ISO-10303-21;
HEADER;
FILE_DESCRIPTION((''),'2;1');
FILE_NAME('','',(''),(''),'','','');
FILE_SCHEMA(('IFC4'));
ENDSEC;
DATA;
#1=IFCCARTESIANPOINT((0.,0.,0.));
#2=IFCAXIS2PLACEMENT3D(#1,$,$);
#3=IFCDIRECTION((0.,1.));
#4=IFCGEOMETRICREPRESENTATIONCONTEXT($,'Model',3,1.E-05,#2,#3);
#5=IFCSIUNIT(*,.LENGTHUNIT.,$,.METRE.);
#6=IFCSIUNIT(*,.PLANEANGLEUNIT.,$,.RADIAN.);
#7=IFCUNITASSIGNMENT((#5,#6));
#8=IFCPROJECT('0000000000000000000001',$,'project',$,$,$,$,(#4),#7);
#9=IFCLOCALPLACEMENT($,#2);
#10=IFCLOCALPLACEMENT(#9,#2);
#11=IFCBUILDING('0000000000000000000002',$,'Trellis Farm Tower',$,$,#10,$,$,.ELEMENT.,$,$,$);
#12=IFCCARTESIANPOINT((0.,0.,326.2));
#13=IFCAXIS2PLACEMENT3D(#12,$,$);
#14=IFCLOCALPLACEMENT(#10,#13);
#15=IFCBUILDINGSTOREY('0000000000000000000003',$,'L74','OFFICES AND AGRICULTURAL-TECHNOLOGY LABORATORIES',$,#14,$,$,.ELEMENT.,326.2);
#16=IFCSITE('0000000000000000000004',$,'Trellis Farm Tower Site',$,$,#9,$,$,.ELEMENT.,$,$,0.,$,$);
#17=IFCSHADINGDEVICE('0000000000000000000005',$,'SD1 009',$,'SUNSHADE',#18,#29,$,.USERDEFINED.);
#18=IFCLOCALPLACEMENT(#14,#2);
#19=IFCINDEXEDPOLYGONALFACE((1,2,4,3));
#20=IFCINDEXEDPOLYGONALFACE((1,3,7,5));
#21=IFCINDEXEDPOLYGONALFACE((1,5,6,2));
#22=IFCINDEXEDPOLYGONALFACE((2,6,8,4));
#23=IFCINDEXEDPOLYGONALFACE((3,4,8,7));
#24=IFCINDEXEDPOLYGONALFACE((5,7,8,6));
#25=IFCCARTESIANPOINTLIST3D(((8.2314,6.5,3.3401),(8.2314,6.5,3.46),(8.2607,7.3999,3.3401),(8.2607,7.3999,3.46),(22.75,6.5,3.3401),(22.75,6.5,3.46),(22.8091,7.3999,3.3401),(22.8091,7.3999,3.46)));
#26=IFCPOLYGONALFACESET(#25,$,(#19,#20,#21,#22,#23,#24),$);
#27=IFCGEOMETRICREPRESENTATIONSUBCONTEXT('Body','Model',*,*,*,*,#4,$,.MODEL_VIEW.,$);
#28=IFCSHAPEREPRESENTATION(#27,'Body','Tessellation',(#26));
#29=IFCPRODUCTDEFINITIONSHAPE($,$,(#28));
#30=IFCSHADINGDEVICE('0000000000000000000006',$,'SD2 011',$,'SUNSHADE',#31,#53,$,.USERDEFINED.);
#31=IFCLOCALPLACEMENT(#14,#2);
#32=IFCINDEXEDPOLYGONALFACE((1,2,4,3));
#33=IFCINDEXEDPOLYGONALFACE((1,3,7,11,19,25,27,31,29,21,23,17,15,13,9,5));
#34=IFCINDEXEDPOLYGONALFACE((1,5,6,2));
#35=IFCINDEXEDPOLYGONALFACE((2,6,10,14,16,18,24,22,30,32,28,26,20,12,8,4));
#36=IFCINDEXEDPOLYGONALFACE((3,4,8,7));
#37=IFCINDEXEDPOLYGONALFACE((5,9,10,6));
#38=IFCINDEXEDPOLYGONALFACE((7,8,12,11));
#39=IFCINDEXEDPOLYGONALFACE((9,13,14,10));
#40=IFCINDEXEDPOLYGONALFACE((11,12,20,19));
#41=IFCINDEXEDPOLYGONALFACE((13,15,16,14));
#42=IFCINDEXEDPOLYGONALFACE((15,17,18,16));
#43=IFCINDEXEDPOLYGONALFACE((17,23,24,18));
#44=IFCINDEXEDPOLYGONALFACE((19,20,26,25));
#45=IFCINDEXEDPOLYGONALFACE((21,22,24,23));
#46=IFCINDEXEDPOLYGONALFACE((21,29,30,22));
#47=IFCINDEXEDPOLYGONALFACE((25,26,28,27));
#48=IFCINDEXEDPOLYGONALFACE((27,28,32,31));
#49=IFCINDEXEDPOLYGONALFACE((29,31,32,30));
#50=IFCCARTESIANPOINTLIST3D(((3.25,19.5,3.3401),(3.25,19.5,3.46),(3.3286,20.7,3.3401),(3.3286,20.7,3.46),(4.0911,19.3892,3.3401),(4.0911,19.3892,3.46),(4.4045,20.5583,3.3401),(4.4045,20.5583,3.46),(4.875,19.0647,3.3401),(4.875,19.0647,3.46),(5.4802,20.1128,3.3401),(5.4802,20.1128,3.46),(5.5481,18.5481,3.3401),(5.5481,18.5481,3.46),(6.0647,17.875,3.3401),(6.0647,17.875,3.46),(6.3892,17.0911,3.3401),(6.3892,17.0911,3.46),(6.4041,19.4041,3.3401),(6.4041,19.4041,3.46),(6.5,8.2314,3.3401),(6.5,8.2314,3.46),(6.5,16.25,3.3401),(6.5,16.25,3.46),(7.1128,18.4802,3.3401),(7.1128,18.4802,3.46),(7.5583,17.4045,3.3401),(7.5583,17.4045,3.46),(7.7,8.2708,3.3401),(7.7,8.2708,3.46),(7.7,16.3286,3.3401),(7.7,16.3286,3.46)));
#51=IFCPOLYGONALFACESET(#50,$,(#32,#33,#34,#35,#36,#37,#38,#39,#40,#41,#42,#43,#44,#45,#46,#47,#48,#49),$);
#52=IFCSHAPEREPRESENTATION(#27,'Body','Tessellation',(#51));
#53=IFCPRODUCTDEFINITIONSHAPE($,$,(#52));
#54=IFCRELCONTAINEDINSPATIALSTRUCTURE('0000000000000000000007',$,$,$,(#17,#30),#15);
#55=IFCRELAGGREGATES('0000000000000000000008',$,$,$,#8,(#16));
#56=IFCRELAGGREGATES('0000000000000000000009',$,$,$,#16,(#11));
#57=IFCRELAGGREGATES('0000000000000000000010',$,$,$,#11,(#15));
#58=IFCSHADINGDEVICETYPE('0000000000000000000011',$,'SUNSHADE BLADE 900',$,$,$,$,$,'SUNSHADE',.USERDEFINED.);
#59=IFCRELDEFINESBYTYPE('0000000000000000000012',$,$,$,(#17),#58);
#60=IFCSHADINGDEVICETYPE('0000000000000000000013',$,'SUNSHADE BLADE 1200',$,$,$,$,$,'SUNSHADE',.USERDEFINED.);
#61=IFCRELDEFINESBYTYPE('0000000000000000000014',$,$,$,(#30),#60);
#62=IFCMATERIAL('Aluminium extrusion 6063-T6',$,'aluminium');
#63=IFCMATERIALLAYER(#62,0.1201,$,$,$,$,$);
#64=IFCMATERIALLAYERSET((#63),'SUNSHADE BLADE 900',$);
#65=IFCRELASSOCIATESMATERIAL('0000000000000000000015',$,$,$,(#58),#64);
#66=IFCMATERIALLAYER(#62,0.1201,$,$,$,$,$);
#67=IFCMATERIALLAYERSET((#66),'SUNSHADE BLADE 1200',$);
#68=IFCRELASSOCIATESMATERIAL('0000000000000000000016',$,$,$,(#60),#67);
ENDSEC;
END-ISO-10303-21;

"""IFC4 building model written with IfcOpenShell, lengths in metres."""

from ifc_helpers import new_model, si_unit, direction, frame, origin, place, context, subcontext, project, spatial, polyline, outline, extrude, source, transform, mapped, material, layer, layer_set, type_object, element, save


model = new_model("IFC4")

# Units and contexts
model_context = context("Model", 3, precision=1e-05, world=origin(), true_north=direction((0.0, 1.0)))
body_context = subcontext(model_context, "Body", "Model", "MODEL_VIEW")
ifc_project = project(units=[si_unit("LENGTHUNIT", "METRE"), si_unit("PLANEANGLEUNIT", "RADIAN")], contexts=[model_context])

# Site, building, storey
site_placement = place(None, origin())
site = spatial("IfcSite", under=ifc_project, at=site_placement, Name="Trellis Farm Tower Site", CompositionType="ELEMENT", RefElevation=0.0)
building_placement = place(site_placement, origin())
building = spatial("IfcBuilding", under=site, at=building_placement, Name="Trellis Farm Tower", CompositionType="ELEMENT")
storey_placement = place(building_placement, frame((0.0, 0.0, 326.2)))
storey = spatial("IfcBuildingStorey", under=building, at=storey_placement, Name="L74", Description="OFFICES AND AGRICULTURAL-TECHNOLOGY LABORATORIES", CompositionType="ELEMENT", Elevation=326.2)

# Shared definitions
ifc_material_1 = material(Name="Aluminium extrusion 6063-T6", Category="aluminium")

# Shading devices
ifc_layer_1 = layer(ifc_material_1, 0.1201)
ifc_layer_set_1 = layer_set([ifc_layer_1], Name="SUNSHADE BLADE 900")
shading_device_type_1 = type_object("IfcShadingDeviceType", Name="SUNSHADE BLADE 900", ElementType="SUNSHADE", PredefinedType="USERDEFINED", material=ifc_layer_set_1)
placement_1 = place(storey_placement, frame((0.0, 0.0, 3.3401)))
ifc_layer_2 = layer(ifc_material_1, 0.1201)
ifc_layer_set_2 = layer_set([ifc_layer_2], Name="SUNSHADE BLADE 1200")
shading_device_type_2 = type_object("IfcShadingDeviceType", Name="SUNSHADE BLADE 1200", ElementType="SUNSHADE", PredefinedType="USERDEFINED", material=ifc_layer_set_2)
shared_shape_1 = source(origin(), body_context, "Body", "SweptSolid", [
    extrude(outline(polyline([(22.8091, 7.3999), (8.2607, 7.3999), (8.2314, 6.5), (22.75, 6.5), (22.8091, 7.3999)])), origin(), (0.0, 0.0, 1.0), 0.1199),
])
element("IfcShadingDevice", 1, at=placement_1, inside=storey, type_object=shading_device_type_1, Name="SD1 009", ObjectType="SUNSHADE", PredefinedType="USERDEFINED", context=body_context, shape_type="MappedRepresentation", body=[
    mapped(shared_shape_1, transform((0.0, 0.0, 0.0))),
])
shared_shape_2 = source(origin(), body_context, "Body", "SweptSolid", [
    extrude(outline(polyline([(7.7, 8.2708), (7.7, 16.3286), (7.5583, 17.4045), (7.1128, 18.4802), (6.4041, 19.4041), (5.4802, 20.1128), (4.4045, 20.5583), (3.3286, 20.7), (3.25, 19.5), (4.0911, 19.3892), (4.875, 19.0647), (5.5481, 18.5481), (6.0647, 17.875), (6.3892, 17.0911), (6.5, 16.25), (6.5, 8.2314), (7.7, 8.2708)])), origin(), (0.0, 0.0, 1.0), 0.1199),
])
element("IfcShadingDevice", 2, at=placement_1, inside=storey, type_object=shading_device_type_2, Name="SD2 011", ObjectType="SUNSHADE", PredefinedType="USERDEFINED", context=body_context, shape_type="MappedRepresentation", body=[
    mapped(shared_shape_2, transform((0.0, 0.0, 0.0))),
])

save(model, "model.ifc")
